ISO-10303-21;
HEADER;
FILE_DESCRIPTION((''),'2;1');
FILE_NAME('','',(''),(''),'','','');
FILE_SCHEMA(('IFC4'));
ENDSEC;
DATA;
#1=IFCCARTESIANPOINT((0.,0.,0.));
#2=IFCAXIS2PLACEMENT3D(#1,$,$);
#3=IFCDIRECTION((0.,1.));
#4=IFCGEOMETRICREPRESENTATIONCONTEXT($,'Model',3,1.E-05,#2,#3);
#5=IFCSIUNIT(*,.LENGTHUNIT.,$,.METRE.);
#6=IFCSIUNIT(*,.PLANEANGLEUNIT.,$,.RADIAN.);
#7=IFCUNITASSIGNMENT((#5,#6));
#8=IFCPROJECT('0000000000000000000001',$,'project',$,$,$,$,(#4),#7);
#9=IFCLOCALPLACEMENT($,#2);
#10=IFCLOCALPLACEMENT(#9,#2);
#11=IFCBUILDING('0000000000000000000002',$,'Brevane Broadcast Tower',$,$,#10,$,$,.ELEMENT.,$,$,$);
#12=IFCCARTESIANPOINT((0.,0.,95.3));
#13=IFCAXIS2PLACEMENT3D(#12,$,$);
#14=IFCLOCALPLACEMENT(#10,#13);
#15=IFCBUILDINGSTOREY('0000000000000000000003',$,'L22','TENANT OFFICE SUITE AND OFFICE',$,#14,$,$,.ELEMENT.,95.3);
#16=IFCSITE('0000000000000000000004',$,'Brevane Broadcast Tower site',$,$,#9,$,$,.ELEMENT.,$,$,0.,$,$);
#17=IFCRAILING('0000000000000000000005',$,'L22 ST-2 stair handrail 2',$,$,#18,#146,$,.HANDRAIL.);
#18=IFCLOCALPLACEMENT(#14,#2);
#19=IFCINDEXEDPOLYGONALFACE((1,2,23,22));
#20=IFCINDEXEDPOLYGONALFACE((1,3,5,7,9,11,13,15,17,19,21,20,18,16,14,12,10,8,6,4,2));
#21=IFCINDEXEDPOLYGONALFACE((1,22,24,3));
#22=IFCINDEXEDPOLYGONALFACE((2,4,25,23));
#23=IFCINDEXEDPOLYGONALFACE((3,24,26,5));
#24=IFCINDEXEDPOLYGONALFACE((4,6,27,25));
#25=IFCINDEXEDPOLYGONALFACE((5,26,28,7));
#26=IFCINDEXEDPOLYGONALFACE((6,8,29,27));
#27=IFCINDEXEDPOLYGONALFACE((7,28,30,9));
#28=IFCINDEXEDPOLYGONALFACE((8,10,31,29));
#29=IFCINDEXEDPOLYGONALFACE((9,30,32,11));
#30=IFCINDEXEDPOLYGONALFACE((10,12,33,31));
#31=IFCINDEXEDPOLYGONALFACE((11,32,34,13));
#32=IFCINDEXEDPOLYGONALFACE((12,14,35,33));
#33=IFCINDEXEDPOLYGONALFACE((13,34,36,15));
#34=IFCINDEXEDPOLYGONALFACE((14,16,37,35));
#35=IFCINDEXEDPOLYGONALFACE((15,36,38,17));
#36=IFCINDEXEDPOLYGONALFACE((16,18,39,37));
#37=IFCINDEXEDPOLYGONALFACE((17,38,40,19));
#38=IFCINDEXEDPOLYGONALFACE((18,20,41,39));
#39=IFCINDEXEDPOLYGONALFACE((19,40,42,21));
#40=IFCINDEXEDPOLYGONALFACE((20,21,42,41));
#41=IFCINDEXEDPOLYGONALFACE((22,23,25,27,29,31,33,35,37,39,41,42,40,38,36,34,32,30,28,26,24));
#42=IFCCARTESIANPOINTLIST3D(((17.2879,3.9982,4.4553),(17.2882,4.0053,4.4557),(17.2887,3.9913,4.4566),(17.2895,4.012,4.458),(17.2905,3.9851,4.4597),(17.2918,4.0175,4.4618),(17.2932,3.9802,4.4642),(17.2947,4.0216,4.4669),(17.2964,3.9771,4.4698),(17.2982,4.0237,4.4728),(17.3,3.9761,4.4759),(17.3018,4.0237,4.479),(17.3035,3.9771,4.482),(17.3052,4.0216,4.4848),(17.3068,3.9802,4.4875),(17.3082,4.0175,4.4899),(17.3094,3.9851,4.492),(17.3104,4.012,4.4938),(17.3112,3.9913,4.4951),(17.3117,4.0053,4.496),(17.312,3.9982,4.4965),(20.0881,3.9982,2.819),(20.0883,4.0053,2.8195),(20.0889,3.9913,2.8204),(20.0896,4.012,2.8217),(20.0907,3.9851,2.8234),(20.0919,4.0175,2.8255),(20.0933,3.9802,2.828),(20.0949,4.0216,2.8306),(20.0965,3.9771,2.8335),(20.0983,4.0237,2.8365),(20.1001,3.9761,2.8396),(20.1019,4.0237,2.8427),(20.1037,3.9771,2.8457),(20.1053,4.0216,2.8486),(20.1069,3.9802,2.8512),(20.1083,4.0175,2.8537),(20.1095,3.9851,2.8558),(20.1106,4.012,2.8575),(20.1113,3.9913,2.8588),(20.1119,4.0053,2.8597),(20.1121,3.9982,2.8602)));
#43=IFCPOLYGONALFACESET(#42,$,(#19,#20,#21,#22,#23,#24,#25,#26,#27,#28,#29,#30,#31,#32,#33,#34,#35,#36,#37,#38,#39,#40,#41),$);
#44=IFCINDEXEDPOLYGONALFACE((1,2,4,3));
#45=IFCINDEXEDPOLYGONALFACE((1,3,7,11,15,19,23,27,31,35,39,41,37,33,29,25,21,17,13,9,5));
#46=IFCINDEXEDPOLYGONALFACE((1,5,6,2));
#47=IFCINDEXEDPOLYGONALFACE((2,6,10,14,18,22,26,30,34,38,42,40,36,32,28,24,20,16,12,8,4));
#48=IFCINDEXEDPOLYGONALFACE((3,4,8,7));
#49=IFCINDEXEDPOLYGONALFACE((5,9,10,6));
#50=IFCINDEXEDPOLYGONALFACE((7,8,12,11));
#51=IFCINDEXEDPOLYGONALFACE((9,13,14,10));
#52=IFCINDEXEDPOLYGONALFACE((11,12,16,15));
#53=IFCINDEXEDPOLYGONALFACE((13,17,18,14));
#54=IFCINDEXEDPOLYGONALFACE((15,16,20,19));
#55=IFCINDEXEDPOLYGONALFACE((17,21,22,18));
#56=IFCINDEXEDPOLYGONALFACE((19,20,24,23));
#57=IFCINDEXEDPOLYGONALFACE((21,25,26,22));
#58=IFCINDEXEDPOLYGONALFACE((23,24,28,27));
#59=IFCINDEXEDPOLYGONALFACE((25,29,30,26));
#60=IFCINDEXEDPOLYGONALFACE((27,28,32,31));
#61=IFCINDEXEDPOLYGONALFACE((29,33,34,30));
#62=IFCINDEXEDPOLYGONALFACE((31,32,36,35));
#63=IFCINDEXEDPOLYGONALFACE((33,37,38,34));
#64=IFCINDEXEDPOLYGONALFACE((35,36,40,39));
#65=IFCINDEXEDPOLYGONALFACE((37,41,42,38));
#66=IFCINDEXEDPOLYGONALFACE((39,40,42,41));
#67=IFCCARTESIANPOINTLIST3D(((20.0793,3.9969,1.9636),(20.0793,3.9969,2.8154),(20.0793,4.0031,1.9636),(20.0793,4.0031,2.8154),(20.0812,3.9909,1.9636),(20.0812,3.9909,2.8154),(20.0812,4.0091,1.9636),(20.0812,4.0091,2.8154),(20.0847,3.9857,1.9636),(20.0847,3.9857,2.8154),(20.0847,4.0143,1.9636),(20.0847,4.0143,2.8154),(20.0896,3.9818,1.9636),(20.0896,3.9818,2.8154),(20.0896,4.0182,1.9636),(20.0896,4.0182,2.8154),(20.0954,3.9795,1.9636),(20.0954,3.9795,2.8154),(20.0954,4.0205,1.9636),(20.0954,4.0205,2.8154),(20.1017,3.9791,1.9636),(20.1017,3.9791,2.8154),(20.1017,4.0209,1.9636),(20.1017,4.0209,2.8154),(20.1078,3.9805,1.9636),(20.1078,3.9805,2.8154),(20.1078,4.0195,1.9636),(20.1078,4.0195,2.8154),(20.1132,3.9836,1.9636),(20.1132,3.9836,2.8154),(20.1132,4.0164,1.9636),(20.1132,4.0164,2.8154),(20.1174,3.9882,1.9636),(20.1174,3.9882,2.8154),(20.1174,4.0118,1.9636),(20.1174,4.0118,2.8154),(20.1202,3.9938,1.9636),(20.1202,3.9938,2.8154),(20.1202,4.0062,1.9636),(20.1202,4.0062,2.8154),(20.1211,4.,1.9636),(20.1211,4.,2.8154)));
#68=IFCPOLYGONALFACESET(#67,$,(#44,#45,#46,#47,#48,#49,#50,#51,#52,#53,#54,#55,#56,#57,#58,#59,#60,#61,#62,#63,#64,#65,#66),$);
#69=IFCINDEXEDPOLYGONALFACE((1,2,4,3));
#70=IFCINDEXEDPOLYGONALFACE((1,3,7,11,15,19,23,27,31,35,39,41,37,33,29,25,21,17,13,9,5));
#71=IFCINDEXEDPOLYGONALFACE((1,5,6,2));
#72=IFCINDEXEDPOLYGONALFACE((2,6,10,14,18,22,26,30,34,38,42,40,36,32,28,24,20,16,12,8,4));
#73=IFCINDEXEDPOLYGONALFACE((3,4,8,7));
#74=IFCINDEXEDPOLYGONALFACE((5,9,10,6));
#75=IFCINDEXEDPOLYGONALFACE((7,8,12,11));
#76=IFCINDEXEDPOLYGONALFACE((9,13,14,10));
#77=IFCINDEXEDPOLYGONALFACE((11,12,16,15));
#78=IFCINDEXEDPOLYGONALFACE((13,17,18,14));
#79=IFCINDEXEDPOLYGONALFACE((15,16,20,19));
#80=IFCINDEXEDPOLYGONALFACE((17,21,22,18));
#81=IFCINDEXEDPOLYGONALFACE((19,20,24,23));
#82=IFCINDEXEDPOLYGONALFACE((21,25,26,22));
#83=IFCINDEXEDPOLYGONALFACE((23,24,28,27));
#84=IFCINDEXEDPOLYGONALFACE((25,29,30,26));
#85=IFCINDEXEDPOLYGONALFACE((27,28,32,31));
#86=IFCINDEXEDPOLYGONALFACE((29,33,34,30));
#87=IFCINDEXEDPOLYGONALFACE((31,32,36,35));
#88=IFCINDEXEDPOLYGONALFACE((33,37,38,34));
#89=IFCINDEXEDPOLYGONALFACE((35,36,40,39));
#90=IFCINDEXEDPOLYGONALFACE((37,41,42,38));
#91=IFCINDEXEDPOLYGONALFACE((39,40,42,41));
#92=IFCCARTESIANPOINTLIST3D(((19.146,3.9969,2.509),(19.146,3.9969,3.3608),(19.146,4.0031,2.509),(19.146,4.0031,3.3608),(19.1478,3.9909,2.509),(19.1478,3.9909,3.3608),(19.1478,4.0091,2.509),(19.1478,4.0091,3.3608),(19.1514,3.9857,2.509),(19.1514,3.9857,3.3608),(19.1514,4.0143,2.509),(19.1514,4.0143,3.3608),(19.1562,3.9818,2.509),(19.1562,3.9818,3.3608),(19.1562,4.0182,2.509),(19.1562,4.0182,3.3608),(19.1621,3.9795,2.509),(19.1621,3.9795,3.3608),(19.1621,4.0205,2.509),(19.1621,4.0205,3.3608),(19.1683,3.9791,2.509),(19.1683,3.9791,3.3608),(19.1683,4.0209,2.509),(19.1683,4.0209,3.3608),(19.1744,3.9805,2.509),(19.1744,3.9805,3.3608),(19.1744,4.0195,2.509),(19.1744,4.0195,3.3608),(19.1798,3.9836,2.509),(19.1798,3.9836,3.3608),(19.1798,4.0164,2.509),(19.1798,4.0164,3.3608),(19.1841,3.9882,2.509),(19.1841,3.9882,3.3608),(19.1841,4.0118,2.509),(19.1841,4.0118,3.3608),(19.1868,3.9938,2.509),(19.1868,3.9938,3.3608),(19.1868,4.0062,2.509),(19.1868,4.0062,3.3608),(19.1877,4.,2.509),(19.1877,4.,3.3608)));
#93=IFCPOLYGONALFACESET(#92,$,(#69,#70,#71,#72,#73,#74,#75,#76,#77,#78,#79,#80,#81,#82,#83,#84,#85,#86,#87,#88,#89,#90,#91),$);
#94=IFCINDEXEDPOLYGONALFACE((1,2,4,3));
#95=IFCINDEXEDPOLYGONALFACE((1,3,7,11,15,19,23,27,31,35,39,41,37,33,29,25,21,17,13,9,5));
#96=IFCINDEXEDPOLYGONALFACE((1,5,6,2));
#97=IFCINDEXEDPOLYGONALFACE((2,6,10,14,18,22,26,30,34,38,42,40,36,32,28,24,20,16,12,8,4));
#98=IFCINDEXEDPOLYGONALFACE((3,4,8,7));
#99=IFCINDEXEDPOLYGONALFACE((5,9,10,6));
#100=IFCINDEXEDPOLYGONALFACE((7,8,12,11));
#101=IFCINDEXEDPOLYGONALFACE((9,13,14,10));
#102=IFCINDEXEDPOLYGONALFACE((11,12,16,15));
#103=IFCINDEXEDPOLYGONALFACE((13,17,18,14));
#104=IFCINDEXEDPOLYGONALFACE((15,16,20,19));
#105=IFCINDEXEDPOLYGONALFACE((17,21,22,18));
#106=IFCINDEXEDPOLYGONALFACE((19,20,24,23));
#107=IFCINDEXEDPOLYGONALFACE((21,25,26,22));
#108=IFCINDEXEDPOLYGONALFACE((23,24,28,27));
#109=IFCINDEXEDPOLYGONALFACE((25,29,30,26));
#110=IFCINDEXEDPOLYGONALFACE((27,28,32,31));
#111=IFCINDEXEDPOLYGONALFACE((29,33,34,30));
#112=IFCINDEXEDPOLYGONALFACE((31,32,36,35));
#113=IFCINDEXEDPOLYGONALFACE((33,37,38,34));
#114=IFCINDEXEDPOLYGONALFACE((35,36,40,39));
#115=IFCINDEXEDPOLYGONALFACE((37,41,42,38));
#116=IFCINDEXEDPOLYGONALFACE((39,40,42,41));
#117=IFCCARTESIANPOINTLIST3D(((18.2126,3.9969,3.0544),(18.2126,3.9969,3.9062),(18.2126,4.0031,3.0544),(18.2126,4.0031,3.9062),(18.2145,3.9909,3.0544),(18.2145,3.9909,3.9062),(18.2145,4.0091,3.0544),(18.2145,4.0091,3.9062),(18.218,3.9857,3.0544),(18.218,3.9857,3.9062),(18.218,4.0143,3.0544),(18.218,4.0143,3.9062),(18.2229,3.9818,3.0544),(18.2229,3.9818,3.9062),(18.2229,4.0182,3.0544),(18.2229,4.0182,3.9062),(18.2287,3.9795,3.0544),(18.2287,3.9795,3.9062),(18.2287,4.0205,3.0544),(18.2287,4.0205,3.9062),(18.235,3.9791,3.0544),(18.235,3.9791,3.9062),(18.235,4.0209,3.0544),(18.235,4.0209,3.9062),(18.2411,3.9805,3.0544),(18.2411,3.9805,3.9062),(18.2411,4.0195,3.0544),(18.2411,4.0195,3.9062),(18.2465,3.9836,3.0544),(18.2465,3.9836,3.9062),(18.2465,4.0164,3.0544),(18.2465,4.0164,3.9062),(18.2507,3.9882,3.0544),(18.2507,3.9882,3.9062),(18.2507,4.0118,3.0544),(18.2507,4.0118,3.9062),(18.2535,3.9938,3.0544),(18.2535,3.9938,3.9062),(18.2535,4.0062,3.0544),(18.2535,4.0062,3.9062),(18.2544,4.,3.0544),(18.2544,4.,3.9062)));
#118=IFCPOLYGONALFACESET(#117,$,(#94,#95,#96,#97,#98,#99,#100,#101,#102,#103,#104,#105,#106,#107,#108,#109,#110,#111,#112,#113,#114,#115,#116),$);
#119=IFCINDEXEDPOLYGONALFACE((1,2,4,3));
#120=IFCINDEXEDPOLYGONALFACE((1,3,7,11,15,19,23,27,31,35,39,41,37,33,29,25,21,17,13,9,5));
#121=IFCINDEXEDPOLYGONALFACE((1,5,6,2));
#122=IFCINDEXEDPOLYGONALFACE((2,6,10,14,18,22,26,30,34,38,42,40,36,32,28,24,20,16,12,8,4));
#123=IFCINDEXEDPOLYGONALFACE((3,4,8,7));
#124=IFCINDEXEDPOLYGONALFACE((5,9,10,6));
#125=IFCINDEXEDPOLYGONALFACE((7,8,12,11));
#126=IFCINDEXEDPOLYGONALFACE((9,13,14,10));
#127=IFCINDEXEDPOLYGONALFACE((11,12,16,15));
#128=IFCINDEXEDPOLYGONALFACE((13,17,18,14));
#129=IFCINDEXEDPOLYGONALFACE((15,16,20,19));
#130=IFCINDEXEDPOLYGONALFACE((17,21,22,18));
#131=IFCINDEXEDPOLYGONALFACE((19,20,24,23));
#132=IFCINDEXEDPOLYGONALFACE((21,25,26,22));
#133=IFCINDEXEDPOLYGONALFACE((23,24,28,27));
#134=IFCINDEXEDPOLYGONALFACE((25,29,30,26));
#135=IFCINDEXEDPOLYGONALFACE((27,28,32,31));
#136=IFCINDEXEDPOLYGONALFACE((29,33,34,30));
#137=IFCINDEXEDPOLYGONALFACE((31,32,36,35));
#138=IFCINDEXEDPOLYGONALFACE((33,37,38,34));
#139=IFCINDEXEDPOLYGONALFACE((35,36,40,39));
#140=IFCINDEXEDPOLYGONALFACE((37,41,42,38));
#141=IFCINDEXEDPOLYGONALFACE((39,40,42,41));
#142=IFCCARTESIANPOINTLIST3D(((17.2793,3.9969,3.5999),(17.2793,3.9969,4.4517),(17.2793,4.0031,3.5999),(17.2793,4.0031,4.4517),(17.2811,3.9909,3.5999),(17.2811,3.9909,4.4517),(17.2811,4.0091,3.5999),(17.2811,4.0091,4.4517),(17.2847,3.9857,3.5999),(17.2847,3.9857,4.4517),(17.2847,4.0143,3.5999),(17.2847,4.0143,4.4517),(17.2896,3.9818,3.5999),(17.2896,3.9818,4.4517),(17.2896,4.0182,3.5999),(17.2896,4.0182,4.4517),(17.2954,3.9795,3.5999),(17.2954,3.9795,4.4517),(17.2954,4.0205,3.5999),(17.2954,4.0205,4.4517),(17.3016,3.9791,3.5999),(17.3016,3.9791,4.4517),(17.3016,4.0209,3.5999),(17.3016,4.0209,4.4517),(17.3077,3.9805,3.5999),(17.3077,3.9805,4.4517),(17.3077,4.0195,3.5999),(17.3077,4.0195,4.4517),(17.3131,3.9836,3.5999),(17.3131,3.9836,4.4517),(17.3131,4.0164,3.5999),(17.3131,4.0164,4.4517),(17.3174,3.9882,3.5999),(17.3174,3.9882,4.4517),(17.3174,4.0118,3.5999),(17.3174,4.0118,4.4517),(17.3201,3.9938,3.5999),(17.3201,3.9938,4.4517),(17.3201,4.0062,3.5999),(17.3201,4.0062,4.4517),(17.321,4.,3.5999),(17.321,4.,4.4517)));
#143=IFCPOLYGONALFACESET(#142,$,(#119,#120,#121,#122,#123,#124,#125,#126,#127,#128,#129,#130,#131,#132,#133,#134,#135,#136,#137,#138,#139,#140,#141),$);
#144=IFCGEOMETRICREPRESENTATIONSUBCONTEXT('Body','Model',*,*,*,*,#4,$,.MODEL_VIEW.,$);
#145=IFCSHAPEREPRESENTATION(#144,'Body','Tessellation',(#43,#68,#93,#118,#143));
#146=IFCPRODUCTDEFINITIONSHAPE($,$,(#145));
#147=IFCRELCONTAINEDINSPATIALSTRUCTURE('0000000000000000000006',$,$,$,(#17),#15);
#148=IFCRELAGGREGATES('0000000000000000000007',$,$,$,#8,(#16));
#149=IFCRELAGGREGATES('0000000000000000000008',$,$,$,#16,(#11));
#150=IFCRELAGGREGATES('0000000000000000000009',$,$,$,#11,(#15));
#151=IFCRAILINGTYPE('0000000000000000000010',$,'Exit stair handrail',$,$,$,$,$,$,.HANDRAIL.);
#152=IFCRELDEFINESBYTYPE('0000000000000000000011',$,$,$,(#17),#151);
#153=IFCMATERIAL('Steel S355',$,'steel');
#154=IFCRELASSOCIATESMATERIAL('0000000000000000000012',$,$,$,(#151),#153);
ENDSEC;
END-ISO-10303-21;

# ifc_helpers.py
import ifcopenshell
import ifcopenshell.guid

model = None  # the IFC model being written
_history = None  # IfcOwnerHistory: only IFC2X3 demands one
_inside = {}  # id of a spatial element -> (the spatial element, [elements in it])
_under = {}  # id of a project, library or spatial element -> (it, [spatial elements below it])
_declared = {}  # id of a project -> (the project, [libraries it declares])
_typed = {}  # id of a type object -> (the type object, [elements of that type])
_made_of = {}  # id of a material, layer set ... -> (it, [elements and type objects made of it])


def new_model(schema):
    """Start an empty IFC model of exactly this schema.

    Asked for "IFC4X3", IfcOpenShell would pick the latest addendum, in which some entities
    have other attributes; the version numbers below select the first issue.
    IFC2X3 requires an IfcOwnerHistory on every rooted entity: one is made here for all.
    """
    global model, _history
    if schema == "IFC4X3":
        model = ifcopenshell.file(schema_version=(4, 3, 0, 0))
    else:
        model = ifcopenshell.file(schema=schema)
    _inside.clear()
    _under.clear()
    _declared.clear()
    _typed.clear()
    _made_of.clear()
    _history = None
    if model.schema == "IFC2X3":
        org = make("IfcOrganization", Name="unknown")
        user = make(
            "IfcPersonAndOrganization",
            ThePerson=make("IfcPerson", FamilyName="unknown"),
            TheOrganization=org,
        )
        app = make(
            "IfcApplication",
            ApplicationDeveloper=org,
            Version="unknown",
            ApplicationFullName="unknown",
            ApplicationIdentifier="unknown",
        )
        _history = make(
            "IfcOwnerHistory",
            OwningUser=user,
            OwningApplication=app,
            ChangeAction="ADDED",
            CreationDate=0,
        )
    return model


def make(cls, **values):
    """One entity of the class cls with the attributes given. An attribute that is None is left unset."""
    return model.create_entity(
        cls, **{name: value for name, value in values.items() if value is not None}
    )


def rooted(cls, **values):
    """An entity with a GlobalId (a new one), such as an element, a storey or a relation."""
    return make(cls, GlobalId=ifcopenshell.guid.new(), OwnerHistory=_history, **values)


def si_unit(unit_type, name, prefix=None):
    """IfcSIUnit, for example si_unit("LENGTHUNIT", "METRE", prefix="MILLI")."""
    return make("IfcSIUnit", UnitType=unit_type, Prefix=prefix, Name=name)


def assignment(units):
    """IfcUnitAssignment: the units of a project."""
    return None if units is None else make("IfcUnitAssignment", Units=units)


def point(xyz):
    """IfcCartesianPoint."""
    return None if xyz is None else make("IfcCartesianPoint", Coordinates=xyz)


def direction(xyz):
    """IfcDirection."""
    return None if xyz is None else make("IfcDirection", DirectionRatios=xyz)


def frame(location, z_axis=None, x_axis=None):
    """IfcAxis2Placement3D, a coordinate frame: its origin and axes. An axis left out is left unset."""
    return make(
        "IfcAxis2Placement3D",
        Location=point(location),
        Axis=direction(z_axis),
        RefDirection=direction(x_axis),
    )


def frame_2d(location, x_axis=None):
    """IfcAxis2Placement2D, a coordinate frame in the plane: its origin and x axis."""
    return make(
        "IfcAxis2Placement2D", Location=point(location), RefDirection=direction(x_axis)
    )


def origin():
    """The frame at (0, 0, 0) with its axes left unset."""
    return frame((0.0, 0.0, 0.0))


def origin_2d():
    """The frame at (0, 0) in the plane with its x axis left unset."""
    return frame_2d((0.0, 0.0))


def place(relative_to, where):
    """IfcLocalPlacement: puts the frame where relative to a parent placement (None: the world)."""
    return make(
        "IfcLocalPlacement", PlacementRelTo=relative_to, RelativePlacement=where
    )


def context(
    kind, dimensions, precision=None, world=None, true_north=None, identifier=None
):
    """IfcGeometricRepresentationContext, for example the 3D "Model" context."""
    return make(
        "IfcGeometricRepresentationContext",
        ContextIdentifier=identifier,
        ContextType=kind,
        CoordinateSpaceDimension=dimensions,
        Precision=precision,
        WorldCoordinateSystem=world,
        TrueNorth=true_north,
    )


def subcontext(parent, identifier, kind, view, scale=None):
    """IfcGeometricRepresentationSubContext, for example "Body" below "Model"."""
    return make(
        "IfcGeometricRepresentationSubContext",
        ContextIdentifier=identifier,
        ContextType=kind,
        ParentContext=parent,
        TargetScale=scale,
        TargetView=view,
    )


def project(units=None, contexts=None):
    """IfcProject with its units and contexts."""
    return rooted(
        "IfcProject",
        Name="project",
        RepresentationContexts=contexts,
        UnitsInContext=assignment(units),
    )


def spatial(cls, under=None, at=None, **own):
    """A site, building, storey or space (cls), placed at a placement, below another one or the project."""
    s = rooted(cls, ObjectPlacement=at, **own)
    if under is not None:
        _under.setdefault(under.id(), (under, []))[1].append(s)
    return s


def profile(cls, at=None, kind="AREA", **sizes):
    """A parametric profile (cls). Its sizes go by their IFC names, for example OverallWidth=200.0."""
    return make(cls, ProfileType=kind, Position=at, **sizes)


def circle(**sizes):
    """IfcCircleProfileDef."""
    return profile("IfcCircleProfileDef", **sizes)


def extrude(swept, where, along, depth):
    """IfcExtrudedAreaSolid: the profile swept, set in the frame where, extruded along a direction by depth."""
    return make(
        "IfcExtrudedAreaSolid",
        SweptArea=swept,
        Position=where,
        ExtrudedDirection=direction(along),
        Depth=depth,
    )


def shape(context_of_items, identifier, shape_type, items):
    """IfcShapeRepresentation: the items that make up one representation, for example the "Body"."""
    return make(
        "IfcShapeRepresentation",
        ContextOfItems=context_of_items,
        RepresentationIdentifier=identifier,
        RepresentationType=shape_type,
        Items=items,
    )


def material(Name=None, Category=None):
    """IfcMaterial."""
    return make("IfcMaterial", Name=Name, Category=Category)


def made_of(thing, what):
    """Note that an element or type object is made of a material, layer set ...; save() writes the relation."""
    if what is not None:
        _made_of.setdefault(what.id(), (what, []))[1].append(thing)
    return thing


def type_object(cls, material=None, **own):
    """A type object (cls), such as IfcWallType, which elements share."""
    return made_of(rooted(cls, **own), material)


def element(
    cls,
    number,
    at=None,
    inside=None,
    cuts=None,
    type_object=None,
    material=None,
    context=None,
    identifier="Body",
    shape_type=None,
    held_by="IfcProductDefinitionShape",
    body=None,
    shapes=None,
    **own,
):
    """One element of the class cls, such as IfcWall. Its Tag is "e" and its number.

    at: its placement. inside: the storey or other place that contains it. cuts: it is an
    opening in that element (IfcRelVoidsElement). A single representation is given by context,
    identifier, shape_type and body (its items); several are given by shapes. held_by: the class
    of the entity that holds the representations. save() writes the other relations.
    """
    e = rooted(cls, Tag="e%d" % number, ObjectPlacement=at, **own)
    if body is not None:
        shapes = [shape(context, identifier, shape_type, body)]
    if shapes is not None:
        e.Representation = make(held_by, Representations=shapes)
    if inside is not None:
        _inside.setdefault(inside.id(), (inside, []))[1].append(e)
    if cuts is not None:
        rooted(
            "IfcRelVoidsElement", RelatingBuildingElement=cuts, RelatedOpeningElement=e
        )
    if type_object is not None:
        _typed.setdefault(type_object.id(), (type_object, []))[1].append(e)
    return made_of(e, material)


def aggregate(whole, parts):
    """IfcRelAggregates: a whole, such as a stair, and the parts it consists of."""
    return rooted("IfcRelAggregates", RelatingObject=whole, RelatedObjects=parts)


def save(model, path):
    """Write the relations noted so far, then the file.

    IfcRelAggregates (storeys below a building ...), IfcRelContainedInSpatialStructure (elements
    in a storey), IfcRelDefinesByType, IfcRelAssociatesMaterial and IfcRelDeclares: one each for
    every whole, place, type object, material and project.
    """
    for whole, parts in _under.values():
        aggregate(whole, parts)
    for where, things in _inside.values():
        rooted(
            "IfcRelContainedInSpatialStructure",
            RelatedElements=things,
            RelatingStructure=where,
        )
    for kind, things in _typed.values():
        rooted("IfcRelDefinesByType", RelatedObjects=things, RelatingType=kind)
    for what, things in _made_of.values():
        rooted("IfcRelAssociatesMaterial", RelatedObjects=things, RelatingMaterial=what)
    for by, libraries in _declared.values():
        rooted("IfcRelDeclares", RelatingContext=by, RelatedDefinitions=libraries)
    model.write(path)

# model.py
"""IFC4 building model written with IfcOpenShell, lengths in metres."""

from ifc_helpers import new_model, si_unit, direction, frame, origin, origin_2d, place, context, subcontext, project, spatial, circle, extrude, material, type_object, element, save


model = new_model("IFC4")

# Units and contexts
model_context = context("Model", 3, precision=1e-05, world=origin(), true_north=direction((0.0, 1.0)))
body_context = subcontext(model_context, "Body", "Model", "MODEL_VIEW")
ifc_project = project(units=[si_unit("LENGTHUNIT", "METRE"), si_unit("PLANEANGLEUNIT", "RADIAN")], contexts=[model_context])

# Site, building, storey
site_placement = place(None, origin())
site = spatial("IfcSite", under=ifc_project, at=site_placement, Name="Brevane Broadcast Tower site", CompositionType="ELEMENT", RefElevation=0.0)
building_placement = place(site_placement, origin())
building = spatial("IfcBuilding", under=site, at=building_placement, Name="Brevane Broadcast Tower", CompositionType="ELEMENT")
storey_placement = place(building_placement, frame((0.0, 0.0, 95.3)))
storey = spatial("IfcBuildingStorey", under=building, at=storey_placement, Name="L22", Description="TENANT OFFICE SUITE AND OFFICE", CompositionType="ELEMENT", Elevation=95.3)

# Railing
ifc_material_1 = material(Name="Steel S355", Category="steel")
railing_type_1 = type_object("IfcRailingType", Name="Exit stair handrail", PredefinedType="HANDRAIL", material=ifc_material_1)
railing_1_placement = place(storey_placement, frame((20.1001, 4.0, 1.9636)))
element("IfcRailing", 1, at=railing_1_placement, inside=storey, type_object=railing_type_1, Name="L22 ST-2 stair handrail 2", PredefinedType="HANDRAIL", context=body_context, shape_type="SweptSolid", body=[
    extrude(circle(Radius=0.0239, at=origin_2d()), frame((0.0, 0.0, 0.876), z_axis=(-0.863394, 0.0, 0.504531), x_axis=(0.0, -1.0, 0.0)), (0.0, 0.0, 1.0), 3.2432),
    extrude(circle(Radius=0.021, at=origin_2d()), origin(), (0.0, 0.0, 1.0), 0.8518),
    extrude(circle(Radius=0.021, at=origin_2d()), frame((-0.9333, 0.0, 0.5454)), (0.0, 0.0, 1.0), 0.8518),
    extrude(circle(Radius=0.021, at=origin_2d()), frame((-1.8667, 0.0, 1.0908)), (0.0, 0.0, 1.0), 0.8518),
    extrude(circle(Radius=0.021, at=origin_2d()), frame((-2.8, 0.0, 1.6362)), (0.0, 0.0, 1.0), 0.8518),
])

save(model, "model.ifc")
